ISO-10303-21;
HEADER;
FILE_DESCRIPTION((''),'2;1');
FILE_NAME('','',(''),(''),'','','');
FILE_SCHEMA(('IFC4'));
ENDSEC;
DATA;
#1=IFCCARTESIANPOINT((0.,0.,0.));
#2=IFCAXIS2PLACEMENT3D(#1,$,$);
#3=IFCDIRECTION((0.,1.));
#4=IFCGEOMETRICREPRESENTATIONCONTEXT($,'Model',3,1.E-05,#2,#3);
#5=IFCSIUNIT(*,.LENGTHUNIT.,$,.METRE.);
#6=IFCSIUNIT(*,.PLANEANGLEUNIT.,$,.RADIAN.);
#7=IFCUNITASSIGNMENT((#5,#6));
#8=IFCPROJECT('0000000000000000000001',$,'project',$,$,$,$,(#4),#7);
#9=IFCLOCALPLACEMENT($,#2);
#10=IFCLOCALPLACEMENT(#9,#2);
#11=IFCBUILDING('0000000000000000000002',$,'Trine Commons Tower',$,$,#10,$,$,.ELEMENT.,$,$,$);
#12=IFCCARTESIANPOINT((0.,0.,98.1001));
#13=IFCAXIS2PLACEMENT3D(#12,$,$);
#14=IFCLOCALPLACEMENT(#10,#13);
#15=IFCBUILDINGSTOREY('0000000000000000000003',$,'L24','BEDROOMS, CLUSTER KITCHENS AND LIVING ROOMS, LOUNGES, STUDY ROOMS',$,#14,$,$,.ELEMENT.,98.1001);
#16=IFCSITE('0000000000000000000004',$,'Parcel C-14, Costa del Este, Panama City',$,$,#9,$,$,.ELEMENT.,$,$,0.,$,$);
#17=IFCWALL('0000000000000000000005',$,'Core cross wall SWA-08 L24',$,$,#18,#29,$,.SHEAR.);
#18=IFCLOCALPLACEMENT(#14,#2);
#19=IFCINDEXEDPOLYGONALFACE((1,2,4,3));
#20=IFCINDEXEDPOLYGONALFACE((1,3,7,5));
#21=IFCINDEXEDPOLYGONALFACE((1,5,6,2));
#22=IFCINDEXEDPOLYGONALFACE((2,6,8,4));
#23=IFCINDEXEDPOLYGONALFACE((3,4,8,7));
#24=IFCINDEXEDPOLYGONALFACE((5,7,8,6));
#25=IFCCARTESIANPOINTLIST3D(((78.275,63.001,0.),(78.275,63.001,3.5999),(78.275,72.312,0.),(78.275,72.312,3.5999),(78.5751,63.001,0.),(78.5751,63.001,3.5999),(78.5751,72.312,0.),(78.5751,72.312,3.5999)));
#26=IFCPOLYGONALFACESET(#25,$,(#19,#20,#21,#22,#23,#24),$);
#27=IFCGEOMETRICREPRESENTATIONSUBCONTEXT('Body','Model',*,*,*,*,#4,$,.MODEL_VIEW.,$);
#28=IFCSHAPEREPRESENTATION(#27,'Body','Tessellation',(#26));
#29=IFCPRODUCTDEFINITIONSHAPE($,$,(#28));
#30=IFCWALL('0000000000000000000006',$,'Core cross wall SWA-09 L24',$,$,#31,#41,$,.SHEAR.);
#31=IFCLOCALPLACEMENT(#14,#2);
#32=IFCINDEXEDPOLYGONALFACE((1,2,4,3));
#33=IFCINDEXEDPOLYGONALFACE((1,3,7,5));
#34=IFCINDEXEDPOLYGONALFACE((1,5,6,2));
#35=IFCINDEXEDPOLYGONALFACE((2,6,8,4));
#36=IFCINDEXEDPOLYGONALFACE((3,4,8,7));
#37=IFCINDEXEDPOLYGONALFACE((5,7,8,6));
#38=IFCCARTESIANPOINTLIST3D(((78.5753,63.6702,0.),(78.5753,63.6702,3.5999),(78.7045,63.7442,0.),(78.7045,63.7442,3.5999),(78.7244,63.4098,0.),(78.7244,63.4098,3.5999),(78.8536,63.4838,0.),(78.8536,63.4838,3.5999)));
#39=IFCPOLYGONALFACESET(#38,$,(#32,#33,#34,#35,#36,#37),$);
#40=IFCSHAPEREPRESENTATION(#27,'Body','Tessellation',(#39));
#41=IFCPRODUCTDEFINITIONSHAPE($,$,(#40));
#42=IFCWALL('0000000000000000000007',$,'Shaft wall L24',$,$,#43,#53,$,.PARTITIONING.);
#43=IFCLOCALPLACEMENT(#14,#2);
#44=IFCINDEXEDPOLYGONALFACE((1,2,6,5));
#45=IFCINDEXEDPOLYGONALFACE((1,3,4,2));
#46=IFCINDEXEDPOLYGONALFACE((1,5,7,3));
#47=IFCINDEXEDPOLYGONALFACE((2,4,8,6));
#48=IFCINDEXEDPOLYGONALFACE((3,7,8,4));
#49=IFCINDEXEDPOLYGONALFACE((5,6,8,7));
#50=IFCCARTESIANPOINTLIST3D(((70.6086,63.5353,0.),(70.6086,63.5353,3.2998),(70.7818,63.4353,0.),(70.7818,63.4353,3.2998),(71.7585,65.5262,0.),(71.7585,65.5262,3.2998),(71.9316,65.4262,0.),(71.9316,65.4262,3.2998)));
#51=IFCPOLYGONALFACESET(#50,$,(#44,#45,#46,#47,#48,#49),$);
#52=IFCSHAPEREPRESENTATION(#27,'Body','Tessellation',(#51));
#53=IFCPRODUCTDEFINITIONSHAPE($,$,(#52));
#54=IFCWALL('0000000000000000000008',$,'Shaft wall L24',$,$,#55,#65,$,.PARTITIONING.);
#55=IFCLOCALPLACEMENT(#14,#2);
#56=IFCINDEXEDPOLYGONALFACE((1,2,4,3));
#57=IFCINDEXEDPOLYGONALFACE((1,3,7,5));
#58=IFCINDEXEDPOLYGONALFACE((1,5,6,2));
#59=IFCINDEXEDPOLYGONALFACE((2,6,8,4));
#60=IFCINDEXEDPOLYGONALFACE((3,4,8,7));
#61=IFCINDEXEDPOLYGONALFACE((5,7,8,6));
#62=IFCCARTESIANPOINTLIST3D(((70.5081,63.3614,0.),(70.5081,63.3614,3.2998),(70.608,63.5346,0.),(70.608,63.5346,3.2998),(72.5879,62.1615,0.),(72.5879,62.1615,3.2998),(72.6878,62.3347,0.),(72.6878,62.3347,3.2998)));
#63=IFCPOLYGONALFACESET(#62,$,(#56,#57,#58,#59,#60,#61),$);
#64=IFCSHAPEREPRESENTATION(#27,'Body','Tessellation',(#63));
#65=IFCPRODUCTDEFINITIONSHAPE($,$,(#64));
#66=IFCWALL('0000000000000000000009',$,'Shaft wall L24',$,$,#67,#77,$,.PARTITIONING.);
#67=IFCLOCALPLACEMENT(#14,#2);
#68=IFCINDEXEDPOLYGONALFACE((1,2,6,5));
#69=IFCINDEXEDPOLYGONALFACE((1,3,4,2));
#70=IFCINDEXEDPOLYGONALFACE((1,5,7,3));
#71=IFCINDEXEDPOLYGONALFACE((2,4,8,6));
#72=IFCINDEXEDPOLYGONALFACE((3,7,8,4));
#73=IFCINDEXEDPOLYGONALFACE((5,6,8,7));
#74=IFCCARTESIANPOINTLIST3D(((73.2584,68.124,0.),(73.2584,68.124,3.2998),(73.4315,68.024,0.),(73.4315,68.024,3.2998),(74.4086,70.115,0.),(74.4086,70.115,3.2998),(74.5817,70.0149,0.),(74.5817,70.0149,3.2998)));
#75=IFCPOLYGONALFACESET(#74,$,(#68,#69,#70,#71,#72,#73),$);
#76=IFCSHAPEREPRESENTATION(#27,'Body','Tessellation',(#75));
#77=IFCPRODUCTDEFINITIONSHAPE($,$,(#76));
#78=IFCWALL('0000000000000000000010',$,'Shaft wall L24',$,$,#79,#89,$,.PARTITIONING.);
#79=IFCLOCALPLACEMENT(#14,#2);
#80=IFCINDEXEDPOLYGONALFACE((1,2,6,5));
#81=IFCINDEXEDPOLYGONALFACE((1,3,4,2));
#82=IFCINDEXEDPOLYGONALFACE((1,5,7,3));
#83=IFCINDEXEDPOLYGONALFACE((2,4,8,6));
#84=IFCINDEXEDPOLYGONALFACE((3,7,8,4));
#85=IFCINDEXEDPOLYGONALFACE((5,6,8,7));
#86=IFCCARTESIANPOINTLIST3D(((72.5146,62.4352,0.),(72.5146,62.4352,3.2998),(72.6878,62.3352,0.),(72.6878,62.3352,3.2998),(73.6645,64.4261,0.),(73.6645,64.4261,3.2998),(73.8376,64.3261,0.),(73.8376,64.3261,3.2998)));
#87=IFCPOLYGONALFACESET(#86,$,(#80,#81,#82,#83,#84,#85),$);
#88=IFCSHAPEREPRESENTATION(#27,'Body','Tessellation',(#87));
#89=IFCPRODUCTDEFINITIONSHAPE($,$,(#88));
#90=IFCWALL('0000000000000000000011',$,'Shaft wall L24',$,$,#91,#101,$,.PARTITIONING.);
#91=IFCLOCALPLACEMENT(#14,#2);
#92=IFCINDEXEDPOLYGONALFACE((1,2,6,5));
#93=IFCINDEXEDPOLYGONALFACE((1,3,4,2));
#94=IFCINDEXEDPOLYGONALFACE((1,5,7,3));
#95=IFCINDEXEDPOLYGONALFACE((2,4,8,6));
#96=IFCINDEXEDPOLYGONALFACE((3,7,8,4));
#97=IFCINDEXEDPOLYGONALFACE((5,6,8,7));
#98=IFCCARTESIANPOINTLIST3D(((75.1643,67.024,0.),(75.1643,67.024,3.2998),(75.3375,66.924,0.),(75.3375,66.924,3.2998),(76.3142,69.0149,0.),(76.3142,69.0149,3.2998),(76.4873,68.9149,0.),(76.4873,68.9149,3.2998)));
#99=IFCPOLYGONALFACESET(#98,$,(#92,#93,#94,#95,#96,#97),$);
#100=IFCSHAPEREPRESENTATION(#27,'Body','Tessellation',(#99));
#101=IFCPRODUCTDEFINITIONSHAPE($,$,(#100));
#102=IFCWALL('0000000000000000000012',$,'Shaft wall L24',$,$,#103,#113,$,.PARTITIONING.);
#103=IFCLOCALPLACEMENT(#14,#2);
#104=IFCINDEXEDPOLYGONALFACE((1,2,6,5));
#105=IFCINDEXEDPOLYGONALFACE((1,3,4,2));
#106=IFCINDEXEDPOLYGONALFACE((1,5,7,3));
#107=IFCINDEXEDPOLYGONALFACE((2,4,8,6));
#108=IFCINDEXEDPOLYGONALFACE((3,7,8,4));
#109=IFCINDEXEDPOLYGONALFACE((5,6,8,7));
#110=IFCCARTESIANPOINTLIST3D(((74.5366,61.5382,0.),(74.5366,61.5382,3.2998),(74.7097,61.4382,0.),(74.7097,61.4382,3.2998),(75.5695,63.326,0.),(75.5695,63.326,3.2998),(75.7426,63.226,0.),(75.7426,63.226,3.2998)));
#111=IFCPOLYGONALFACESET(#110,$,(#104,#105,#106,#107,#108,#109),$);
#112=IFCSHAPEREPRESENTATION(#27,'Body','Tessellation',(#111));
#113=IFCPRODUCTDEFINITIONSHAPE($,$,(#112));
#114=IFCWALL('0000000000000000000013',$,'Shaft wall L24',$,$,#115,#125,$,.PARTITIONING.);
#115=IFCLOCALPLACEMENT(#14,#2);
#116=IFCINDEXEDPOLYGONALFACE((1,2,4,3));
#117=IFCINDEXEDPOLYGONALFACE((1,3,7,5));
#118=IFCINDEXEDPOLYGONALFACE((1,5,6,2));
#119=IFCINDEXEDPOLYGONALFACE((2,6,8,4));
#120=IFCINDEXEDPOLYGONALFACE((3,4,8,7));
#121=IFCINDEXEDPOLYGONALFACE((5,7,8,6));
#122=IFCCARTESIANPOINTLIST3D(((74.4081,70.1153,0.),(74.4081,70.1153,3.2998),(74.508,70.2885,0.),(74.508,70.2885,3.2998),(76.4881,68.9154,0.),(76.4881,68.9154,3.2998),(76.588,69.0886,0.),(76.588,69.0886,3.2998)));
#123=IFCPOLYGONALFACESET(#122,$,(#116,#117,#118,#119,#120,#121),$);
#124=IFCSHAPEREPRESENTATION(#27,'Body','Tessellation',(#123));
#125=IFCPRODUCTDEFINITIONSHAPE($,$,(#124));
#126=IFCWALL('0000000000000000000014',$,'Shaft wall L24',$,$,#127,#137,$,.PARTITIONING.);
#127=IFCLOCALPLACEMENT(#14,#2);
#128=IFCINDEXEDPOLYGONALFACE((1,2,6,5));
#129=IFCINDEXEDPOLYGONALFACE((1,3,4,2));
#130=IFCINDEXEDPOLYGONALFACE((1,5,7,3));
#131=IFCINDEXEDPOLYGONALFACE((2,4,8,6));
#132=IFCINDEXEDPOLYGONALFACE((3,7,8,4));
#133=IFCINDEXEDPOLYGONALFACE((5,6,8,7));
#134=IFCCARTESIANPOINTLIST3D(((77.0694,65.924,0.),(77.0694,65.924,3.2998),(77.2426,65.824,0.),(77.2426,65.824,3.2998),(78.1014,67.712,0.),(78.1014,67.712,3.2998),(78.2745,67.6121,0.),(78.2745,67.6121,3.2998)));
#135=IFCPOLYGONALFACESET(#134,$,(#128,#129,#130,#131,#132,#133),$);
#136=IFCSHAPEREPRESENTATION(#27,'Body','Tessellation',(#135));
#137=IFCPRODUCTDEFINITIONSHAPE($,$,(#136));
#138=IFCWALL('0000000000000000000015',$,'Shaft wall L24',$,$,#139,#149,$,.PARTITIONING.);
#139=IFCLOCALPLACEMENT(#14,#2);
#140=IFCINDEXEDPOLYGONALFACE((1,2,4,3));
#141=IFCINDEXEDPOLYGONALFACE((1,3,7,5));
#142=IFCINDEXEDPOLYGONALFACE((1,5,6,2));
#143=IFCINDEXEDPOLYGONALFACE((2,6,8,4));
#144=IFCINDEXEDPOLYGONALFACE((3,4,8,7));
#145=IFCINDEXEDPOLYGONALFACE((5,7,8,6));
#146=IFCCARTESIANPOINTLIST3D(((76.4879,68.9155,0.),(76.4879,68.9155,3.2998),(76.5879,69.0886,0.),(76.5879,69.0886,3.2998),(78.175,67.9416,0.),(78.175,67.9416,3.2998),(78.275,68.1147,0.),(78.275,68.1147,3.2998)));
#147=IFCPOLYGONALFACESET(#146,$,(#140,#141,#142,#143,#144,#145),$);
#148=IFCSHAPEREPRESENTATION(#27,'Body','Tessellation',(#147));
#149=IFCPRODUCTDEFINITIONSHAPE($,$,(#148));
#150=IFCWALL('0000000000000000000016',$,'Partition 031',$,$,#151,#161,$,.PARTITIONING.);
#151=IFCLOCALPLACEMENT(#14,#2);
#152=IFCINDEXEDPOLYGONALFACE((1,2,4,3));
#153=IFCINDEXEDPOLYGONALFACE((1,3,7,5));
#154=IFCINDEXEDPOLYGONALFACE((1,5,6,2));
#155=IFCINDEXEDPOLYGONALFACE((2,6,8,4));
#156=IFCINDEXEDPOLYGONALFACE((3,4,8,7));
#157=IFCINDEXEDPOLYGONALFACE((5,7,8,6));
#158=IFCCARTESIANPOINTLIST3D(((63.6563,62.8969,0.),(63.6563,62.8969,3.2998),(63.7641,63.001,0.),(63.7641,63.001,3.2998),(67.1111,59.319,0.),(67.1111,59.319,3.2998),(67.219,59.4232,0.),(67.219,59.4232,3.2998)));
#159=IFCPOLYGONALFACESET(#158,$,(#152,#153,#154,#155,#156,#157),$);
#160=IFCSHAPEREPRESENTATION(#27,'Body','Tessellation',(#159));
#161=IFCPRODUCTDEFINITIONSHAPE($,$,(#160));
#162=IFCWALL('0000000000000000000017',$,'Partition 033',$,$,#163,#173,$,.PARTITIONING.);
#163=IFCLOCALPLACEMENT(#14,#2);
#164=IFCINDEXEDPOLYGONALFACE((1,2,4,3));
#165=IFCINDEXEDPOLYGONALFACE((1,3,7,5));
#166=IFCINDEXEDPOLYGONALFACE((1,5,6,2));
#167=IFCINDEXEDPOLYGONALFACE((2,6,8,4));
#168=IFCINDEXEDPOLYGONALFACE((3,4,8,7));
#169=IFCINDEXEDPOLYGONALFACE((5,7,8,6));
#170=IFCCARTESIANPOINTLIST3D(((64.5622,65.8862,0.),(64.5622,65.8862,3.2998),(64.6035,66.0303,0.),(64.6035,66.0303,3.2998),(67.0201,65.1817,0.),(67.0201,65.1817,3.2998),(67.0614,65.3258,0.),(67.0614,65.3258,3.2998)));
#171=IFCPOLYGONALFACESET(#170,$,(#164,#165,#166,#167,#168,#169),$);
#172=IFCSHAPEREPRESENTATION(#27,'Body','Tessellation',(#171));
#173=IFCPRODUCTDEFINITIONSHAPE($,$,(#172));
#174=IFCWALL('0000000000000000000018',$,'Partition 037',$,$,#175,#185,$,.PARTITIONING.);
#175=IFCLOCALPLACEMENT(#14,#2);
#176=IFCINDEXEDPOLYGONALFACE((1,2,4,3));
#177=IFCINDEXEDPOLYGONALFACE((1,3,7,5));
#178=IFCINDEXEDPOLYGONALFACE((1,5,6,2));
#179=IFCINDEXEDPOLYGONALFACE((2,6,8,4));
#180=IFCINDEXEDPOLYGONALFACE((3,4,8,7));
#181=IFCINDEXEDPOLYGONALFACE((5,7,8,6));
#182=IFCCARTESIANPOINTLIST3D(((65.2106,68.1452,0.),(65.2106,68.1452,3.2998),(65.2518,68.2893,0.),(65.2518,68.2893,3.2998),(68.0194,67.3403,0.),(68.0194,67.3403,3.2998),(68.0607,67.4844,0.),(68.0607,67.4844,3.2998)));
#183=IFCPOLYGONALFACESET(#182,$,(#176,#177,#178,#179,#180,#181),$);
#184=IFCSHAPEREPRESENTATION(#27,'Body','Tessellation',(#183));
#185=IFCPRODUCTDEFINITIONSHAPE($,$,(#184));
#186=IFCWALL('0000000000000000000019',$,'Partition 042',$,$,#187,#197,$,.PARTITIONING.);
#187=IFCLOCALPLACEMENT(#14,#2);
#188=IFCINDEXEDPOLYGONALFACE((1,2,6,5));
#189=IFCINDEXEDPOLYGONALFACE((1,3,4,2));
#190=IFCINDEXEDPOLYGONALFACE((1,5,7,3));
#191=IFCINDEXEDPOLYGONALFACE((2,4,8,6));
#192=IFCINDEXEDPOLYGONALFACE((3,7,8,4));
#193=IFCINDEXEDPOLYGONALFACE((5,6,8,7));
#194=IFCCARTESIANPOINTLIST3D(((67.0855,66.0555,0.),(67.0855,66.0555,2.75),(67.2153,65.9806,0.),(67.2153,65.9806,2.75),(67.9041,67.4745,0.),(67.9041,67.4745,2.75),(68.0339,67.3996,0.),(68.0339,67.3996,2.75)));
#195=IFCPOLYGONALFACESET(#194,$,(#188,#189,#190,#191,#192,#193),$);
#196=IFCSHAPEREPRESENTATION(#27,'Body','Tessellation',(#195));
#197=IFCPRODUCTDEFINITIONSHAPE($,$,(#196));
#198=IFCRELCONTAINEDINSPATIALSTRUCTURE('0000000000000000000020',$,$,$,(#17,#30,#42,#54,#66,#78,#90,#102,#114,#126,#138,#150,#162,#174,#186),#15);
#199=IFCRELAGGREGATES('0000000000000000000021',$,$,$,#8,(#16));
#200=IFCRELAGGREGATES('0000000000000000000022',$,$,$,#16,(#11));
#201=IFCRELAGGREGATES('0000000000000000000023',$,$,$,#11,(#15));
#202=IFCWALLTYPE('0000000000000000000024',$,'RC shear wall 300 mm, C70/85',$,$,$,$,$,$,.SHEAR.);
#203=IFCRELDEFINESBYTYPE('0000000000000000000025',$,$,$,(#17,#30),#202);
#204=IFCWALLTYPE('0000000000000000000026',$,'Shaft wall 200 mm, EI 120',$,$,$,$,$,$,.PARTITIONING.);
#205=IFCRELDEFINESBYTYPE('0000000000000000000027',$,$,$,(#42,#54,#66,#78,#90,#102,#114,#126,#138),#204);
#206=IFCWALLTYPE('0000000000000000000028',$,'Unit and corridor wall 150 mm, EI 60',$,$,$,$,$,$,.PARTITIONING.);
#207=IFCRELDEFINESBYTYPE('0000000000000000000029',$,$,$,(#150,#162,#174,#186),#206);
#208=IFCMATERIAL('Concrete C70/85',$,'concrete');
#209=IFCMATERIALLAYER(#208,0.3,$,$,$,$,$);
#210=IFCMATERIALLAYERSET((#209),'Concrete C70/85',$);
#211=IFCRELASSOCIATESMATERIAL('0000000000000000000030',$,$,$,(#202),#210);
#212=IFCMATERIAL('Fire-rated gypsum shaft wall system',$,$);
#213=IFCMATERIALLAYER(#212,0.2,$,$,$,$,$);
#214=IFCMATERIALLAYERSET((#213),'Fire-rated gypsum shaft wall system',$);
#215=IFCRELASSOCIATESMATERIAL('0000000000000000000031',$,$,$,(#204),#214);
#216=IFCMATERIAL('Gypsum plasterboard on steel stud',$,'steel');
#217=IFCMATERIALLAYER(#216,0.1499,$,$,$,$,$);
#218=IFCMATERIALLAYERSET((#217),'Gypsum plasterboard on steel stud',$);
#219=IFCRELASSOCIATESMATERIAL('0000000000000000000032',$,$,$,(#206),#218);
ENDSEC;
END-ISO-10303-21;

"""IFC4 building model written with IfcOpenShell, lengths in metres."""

from ifc_helpers import new_model, si_unit, direction, frame, frame_2d, origin, place, context, subcontext, project, spatial, rectangle, extrude, material, layer, layer_set, type_object, element, save


model = new_model("IFC4")

# Units and contexts
model_context = context("Model", 3, precision=1e-05, world=origin(), true_north=direction((0.0, 1.0)))
body_context = subcontext(model_context, "Body", "Model", "MODEL_VIEW")
ifc_project = project(units=[si_unit("LENGTHUNIT", "METRE"), si_unit("PLANEANGLEUNIT", "RADIAN")], contexts=[model_context])

# Site, building, storey
site_placement = place(None, origin())
site = spatial("IfcSite", under=ifc_project, at=site_placement, Name="Parcel C-14, Costa del Este, Panama City", CompositionType="ELEMENT", RefElevation=0.0)
building_placement = place(site_placement, origin())
building = spatial("IfcBuilding", under=site, at=building_placement, Name="Trine Commons Tower", CompositionType="ELEMENT")
storey_placement = place(building_placement, frame((0.0, 0.0, 98.1001)))
storey = spatial("IfcBuildingStorey", under=building, at=storey_placement, Name="L24", Description="BEDROOMS, CLUSTER KITCHENS AND LIVING ROOMS, LOUNGES, STUDY ROOMS", CompositionType="ELEMENT", Elevation=98.1001)

# Shared definitions
ifc_material_1 = material(Name="Fire-rated gypsum shaft wall system")
ifc_material_2 = material(Name="Concrete C70/85", Category="concrete")
ifc_layer_1 = layer(ifc_material_2, 0.3)
ifc_layer_set_1 = layer_set([ifc_layer_1], Name="Concrete C70/85")
wall_type_1 = type_object("IfcWallType", Name="RC shear wall 300 mm, C70/85", PredefinedType="SHEAR", material=ifc_layer_set_1)

# Walls
wall_1_placement = place(storey_placement, frame((78.425, 63.001, 0.0), z_axis=(0.0, 0.0, 1.0), x_axis=(0.0, 1.0, 0.0)))
element("IfcWall", 1, at=wall_1_placement, inside=storey, type_object=wall_type_1, Name="Core cross wall SWA-08 L24", PredefinedType="SHEAR", context=body_context, shape_type="SweptSolid", body=[
    extrude(rectangle(XDim=9.311, YDim=0.3, at=frame_2d((4.6555, 0.0))), origin(), (0.0, 0.0, 1.0), 3.5999),
])
wall_2_placement = place(storey_placement, frame((78.7791, 63.614, 0.0), z_axis=(0.0, 0.0, 1.0), x_axis=(-0.867738, -0.497022, 0.0)))
element("IfcWall", 2, at=wall_2_placement, inside=storey, type_object=wall_type_1, Name="Core cross wall SWA-09 L24", PredefinedType="SHEAR", context=body_context, shape_type="SweptSolid", body=[
    extrude(rectangle(XDim=0.1489, YDim=0.3, at=frame_2d((0.0745, 0.0))), origin(), (0.0, 0.0, 1.0), 3.5999),
])
ifc_layer_2 = layer(ifc_material_1, 0.2)
ifc_layer_set_2 = layer_set([ifc_layer_2], Name="Fire-rated gypsum shaft wall system")
wall_type_2 = type_object("IfcWallType", Name="Shaft wall 200 mm, EI 120", PredefinedType="PARTITIONING", material=ifc_layer_set_2)
wall_3_placement = place(storey_placement, frame((71.845, 65.4761, 0.0), z_axis=(0.0, 0.0, 1.0), x_axis=(-0.500136, -0.865947, 0.0)))
element("IfcWall", 3, at=wall_3_placement, inside=storey, type_object=wall_type_2, Name="Shaft wall L24", PredefinedType="PARTITIONING", context=body_context, shape_type="SweptSolid", body=[
    extrude(rectangle(XDim=2.2991, YDim=0.2, at=frame_2d((1.1494, 0.0))), origin(), (0.0, 0.0, 1.0), 3.2998),
])
wall_4_placement = place(storey_placement, frame((72.6379, 62.248, 0.0), z_axis=(0.0, 0.0, 1.0), x_axis=(-0.866177, 0.499737, 0.0)))
element("IfcWall", 4, at=wall_4_placement, inside=storey, type_object=wall_type_2, Name="Shaft wall L24", PredefinedType="PARTITIONING", context=body_context, shape_type="SweptSolid", body=[
    extrude(rectangle(XDim=2.4011, YDim=0.2, at=frame_2d((1.2007, 0.0))), origin(), (0.0, 0.0, 1.0), 3.2998),
])
wall_5_placement = place(storey_placement, frame((73.345, 68.074, 0.0), z_axis=(0.0, 0.0, 1.0), x_axis=(0.500216, 0.865901, 0.0)))
element("IfcWall", 5, at=wall_5_placement, inside=storey, type_object=wall_type_2, Name="Shaft wall L24", PredefinedType="PARTITIONING", context=body_context, shape_type="SweptSolid", body=[
    extrude(rectangle(XDim=2.2993, YDim=0.2, at=frame_2d((1.1497, 0.0))), origin(), (0.0, 0.0, 1.0), 3.2998),
])
for number, where, z_axis, x_axis, name in (
    (6, (73.751, 64.376, 0.0), (0.0, 0.0, 1.0), (-0.500136, -0.865947, 0.0), "Shaft wall L24"),
    (7, (75.251, 66.9741, 0.0), (0.0, 0.0, 1.0), (0.500136, 0.865947, 0.0), "Shaft wall L24"),
):
    element("IfcWall", number, at=place(storey_placement, frame(where, z_axis=z_axis, x_axis=x_axis)), inside=storey, type_object=wall_type_2, Name=name, PredefinedType="PARTITIONING", context=body_context, shape_type="SweptSolid", body=[
        extrude(rectangle(XDim=2.2991, YDim=0.2, at=frame_2d((1.1494, 0.0))), origin(), (0.0, 0.0, 1.0), 3.2998),
    ])
wall_6_placement = place(storey_placement, frame((75.656, 63.2759, 0.0), z_axis=(0.0, 0.0, 1.0), x_axis=(-0.500272, -0.865868, 0.0)))
element("IfcWall", 8, at=wall_6_placement, inside=storey, type_object=wall_type_2, Name="Shaft wall L24", PredefinedType="PARTITIONING", context=body_context, shape_type="SweptSolid", body=[
    extrude(rectangle(XDim=2.0647, YDim=0.2, at=frame_2d((1.0322, 0.0))), origin(), (0.0, 0.0, 1.0), 3.2998),
])
wall_7_placement = place(storey_placement, frame((76.5381, 69.002, 0.0), z_axis=(0.0, 0.0, 1.0), x_axis=(-0.866203, 0.499693, 0.0)))
element("IfcWall", 9, at=wall_7_placement, inside=storey, type_object=wall_type_2, Name="Shaft wall L24", PredefinedType="PARTITIONING", context=body_context, shape_type="SweptSolid", body=[
    extrude(rectangle(XDim=2.4014, YDim=0.2, at=frame_2d((1.2007, 0.0))), origin(), (0.0, 0.0, 1.0), 3.2998),
])
wall_8_placement = place(storey_placement, frame((77.156, 65.874, 0.0), z_axis=(0.0, 0.0, 1.0), x_axis=(0.499866, 0.866103, 0.0)))
element("IfcWall", 10, at=wall_8_placement, inside=storey, type_object=wall_type_2, Name="Shaft wall L24", PredefinedType="PARTITIONING", context=body_context, shape_type="SweptSolid", body=[
    extrude(rectangle(XDim=2.0645, YDim=0.2, at=frame_2d((1.0322, 0.0))), origin(), (0.0, 0.0, 1.0), 3.2998),
])
wall_9_placement = place(storey_placement, frame((78.2251, 68.0281, 0.0), z_axis=(0.0, 0.0, 1.0), x_axis=(-0.866052, 0.499954, 0.0)))
element("IfcWall", 11, at=wall_9_placement, inside=storey, type_object=wall_type_2, Name="Shaft wall L24", PredefinedType="PARTITIONING", context=body_context, shape_type="SweptSolid", body=[
    extrude(rectangle(XDim=1.948, YDim=0.2, at=frame_2d((0.9741, 0.0))), origin(), (0.0, 0.0, 1.0), 3.2998),
])
ifc_material_3 = material(Name="Gypsum plasterboard on steel stud", Category="steel")
ifc_layer_3 = layer(ifc_material_3, 0.1499)
ifc_layer_set_3 = layer_set([ifc_layer_3], Name="Gypsum plasterboard on steel stud")
wall_type_3 = type_object("IfcWallType", Name="Unit and corridor wall 150 mm, EI 60", PredefinedType="PARTITIONING", material=ifc_layer_set_3)
wall_10_placement = place(storey_placement, frame((63.7102, 62.949, 0.0), z_axis=(0.0, 0.0, 1.0), x_axis=(0.694629, -0.719368, 0.0)))
element("IfcWall", 12, at=wall_10_placement, inside=storey, type_object=wall_type_3, Name="Partition 031", PredefinedType="PARTITIONING", context=body_context, shape_type="SweptSolid", body=[
    extrude(rectangle(XDim=4.9736, YDim=0.1499, at=frame_2d((2.4868, 0.0))), origin(), (0.0, 0.0, 1.0), 3.2998),
])
wall_11_placement = place(storey_placement, frame((64.583, 65.9583, 0.0), z_axis=(0.0, 0.0, 1.0), x_axis=(0.961286, -0.275553, 0.0)))
element("IfcWall", 13, at=wall_11_placement, inside=storey, type_object=wall_type_3, Name="Partition 033", PredefinedType="PARTITIONING", context=body_context, shape_type="SweptSolid", body=[
    extrude(rectangle(XDim=2.5569, YDim=0.1499, at=frame_2d((1.2783, 0.0))), origin(), (0.0, 0.0, 1.0), 3.2998),
])
wall_12_placement = place(storey_placement, frame((65.2312, 68.2173, 0.0), z_axis=(0.0, 0.0, 1.0), x_axis=(0.961306, -0.275483, 0.0)))
element("IfcWall", 14, at=wall_12_placement, inside=storey, type_object=wall_type_3, Name="Partition 037", PredefinedType="PARTITIONING", context=body_context, shape_type="SweptSolid", body=[
    extrude(rectangle(XDim=2.9219, YDim=0.1499, at=frame_2d((1.4609, 0.0))), origin(), (0.0, 0.0, 1.0), 3.2998),
])
wall_13_placement = place(storey_placement, frame((67.1504, 66.0181, 0.0), z_axis=(0.0, 0.0, 1.0), x_axis=(0.499714, 0.866191, 0.0)))
element("IfcWall", 15, at=wall_13_placement, inside=storey, type_object=wall_type_3, Name="Partition 042", PredefinedType="PARTITIONING", context=body_context, shape_type="SweptSolid", body=[
    extrude(rectangle(XDim=1.6382, YDim=0.1499, at=frame_2d((0.8191, 0.0))), origin(), (0.0, 0.0, 1.0), 2.75),
])

save(model, "model.ifc")
